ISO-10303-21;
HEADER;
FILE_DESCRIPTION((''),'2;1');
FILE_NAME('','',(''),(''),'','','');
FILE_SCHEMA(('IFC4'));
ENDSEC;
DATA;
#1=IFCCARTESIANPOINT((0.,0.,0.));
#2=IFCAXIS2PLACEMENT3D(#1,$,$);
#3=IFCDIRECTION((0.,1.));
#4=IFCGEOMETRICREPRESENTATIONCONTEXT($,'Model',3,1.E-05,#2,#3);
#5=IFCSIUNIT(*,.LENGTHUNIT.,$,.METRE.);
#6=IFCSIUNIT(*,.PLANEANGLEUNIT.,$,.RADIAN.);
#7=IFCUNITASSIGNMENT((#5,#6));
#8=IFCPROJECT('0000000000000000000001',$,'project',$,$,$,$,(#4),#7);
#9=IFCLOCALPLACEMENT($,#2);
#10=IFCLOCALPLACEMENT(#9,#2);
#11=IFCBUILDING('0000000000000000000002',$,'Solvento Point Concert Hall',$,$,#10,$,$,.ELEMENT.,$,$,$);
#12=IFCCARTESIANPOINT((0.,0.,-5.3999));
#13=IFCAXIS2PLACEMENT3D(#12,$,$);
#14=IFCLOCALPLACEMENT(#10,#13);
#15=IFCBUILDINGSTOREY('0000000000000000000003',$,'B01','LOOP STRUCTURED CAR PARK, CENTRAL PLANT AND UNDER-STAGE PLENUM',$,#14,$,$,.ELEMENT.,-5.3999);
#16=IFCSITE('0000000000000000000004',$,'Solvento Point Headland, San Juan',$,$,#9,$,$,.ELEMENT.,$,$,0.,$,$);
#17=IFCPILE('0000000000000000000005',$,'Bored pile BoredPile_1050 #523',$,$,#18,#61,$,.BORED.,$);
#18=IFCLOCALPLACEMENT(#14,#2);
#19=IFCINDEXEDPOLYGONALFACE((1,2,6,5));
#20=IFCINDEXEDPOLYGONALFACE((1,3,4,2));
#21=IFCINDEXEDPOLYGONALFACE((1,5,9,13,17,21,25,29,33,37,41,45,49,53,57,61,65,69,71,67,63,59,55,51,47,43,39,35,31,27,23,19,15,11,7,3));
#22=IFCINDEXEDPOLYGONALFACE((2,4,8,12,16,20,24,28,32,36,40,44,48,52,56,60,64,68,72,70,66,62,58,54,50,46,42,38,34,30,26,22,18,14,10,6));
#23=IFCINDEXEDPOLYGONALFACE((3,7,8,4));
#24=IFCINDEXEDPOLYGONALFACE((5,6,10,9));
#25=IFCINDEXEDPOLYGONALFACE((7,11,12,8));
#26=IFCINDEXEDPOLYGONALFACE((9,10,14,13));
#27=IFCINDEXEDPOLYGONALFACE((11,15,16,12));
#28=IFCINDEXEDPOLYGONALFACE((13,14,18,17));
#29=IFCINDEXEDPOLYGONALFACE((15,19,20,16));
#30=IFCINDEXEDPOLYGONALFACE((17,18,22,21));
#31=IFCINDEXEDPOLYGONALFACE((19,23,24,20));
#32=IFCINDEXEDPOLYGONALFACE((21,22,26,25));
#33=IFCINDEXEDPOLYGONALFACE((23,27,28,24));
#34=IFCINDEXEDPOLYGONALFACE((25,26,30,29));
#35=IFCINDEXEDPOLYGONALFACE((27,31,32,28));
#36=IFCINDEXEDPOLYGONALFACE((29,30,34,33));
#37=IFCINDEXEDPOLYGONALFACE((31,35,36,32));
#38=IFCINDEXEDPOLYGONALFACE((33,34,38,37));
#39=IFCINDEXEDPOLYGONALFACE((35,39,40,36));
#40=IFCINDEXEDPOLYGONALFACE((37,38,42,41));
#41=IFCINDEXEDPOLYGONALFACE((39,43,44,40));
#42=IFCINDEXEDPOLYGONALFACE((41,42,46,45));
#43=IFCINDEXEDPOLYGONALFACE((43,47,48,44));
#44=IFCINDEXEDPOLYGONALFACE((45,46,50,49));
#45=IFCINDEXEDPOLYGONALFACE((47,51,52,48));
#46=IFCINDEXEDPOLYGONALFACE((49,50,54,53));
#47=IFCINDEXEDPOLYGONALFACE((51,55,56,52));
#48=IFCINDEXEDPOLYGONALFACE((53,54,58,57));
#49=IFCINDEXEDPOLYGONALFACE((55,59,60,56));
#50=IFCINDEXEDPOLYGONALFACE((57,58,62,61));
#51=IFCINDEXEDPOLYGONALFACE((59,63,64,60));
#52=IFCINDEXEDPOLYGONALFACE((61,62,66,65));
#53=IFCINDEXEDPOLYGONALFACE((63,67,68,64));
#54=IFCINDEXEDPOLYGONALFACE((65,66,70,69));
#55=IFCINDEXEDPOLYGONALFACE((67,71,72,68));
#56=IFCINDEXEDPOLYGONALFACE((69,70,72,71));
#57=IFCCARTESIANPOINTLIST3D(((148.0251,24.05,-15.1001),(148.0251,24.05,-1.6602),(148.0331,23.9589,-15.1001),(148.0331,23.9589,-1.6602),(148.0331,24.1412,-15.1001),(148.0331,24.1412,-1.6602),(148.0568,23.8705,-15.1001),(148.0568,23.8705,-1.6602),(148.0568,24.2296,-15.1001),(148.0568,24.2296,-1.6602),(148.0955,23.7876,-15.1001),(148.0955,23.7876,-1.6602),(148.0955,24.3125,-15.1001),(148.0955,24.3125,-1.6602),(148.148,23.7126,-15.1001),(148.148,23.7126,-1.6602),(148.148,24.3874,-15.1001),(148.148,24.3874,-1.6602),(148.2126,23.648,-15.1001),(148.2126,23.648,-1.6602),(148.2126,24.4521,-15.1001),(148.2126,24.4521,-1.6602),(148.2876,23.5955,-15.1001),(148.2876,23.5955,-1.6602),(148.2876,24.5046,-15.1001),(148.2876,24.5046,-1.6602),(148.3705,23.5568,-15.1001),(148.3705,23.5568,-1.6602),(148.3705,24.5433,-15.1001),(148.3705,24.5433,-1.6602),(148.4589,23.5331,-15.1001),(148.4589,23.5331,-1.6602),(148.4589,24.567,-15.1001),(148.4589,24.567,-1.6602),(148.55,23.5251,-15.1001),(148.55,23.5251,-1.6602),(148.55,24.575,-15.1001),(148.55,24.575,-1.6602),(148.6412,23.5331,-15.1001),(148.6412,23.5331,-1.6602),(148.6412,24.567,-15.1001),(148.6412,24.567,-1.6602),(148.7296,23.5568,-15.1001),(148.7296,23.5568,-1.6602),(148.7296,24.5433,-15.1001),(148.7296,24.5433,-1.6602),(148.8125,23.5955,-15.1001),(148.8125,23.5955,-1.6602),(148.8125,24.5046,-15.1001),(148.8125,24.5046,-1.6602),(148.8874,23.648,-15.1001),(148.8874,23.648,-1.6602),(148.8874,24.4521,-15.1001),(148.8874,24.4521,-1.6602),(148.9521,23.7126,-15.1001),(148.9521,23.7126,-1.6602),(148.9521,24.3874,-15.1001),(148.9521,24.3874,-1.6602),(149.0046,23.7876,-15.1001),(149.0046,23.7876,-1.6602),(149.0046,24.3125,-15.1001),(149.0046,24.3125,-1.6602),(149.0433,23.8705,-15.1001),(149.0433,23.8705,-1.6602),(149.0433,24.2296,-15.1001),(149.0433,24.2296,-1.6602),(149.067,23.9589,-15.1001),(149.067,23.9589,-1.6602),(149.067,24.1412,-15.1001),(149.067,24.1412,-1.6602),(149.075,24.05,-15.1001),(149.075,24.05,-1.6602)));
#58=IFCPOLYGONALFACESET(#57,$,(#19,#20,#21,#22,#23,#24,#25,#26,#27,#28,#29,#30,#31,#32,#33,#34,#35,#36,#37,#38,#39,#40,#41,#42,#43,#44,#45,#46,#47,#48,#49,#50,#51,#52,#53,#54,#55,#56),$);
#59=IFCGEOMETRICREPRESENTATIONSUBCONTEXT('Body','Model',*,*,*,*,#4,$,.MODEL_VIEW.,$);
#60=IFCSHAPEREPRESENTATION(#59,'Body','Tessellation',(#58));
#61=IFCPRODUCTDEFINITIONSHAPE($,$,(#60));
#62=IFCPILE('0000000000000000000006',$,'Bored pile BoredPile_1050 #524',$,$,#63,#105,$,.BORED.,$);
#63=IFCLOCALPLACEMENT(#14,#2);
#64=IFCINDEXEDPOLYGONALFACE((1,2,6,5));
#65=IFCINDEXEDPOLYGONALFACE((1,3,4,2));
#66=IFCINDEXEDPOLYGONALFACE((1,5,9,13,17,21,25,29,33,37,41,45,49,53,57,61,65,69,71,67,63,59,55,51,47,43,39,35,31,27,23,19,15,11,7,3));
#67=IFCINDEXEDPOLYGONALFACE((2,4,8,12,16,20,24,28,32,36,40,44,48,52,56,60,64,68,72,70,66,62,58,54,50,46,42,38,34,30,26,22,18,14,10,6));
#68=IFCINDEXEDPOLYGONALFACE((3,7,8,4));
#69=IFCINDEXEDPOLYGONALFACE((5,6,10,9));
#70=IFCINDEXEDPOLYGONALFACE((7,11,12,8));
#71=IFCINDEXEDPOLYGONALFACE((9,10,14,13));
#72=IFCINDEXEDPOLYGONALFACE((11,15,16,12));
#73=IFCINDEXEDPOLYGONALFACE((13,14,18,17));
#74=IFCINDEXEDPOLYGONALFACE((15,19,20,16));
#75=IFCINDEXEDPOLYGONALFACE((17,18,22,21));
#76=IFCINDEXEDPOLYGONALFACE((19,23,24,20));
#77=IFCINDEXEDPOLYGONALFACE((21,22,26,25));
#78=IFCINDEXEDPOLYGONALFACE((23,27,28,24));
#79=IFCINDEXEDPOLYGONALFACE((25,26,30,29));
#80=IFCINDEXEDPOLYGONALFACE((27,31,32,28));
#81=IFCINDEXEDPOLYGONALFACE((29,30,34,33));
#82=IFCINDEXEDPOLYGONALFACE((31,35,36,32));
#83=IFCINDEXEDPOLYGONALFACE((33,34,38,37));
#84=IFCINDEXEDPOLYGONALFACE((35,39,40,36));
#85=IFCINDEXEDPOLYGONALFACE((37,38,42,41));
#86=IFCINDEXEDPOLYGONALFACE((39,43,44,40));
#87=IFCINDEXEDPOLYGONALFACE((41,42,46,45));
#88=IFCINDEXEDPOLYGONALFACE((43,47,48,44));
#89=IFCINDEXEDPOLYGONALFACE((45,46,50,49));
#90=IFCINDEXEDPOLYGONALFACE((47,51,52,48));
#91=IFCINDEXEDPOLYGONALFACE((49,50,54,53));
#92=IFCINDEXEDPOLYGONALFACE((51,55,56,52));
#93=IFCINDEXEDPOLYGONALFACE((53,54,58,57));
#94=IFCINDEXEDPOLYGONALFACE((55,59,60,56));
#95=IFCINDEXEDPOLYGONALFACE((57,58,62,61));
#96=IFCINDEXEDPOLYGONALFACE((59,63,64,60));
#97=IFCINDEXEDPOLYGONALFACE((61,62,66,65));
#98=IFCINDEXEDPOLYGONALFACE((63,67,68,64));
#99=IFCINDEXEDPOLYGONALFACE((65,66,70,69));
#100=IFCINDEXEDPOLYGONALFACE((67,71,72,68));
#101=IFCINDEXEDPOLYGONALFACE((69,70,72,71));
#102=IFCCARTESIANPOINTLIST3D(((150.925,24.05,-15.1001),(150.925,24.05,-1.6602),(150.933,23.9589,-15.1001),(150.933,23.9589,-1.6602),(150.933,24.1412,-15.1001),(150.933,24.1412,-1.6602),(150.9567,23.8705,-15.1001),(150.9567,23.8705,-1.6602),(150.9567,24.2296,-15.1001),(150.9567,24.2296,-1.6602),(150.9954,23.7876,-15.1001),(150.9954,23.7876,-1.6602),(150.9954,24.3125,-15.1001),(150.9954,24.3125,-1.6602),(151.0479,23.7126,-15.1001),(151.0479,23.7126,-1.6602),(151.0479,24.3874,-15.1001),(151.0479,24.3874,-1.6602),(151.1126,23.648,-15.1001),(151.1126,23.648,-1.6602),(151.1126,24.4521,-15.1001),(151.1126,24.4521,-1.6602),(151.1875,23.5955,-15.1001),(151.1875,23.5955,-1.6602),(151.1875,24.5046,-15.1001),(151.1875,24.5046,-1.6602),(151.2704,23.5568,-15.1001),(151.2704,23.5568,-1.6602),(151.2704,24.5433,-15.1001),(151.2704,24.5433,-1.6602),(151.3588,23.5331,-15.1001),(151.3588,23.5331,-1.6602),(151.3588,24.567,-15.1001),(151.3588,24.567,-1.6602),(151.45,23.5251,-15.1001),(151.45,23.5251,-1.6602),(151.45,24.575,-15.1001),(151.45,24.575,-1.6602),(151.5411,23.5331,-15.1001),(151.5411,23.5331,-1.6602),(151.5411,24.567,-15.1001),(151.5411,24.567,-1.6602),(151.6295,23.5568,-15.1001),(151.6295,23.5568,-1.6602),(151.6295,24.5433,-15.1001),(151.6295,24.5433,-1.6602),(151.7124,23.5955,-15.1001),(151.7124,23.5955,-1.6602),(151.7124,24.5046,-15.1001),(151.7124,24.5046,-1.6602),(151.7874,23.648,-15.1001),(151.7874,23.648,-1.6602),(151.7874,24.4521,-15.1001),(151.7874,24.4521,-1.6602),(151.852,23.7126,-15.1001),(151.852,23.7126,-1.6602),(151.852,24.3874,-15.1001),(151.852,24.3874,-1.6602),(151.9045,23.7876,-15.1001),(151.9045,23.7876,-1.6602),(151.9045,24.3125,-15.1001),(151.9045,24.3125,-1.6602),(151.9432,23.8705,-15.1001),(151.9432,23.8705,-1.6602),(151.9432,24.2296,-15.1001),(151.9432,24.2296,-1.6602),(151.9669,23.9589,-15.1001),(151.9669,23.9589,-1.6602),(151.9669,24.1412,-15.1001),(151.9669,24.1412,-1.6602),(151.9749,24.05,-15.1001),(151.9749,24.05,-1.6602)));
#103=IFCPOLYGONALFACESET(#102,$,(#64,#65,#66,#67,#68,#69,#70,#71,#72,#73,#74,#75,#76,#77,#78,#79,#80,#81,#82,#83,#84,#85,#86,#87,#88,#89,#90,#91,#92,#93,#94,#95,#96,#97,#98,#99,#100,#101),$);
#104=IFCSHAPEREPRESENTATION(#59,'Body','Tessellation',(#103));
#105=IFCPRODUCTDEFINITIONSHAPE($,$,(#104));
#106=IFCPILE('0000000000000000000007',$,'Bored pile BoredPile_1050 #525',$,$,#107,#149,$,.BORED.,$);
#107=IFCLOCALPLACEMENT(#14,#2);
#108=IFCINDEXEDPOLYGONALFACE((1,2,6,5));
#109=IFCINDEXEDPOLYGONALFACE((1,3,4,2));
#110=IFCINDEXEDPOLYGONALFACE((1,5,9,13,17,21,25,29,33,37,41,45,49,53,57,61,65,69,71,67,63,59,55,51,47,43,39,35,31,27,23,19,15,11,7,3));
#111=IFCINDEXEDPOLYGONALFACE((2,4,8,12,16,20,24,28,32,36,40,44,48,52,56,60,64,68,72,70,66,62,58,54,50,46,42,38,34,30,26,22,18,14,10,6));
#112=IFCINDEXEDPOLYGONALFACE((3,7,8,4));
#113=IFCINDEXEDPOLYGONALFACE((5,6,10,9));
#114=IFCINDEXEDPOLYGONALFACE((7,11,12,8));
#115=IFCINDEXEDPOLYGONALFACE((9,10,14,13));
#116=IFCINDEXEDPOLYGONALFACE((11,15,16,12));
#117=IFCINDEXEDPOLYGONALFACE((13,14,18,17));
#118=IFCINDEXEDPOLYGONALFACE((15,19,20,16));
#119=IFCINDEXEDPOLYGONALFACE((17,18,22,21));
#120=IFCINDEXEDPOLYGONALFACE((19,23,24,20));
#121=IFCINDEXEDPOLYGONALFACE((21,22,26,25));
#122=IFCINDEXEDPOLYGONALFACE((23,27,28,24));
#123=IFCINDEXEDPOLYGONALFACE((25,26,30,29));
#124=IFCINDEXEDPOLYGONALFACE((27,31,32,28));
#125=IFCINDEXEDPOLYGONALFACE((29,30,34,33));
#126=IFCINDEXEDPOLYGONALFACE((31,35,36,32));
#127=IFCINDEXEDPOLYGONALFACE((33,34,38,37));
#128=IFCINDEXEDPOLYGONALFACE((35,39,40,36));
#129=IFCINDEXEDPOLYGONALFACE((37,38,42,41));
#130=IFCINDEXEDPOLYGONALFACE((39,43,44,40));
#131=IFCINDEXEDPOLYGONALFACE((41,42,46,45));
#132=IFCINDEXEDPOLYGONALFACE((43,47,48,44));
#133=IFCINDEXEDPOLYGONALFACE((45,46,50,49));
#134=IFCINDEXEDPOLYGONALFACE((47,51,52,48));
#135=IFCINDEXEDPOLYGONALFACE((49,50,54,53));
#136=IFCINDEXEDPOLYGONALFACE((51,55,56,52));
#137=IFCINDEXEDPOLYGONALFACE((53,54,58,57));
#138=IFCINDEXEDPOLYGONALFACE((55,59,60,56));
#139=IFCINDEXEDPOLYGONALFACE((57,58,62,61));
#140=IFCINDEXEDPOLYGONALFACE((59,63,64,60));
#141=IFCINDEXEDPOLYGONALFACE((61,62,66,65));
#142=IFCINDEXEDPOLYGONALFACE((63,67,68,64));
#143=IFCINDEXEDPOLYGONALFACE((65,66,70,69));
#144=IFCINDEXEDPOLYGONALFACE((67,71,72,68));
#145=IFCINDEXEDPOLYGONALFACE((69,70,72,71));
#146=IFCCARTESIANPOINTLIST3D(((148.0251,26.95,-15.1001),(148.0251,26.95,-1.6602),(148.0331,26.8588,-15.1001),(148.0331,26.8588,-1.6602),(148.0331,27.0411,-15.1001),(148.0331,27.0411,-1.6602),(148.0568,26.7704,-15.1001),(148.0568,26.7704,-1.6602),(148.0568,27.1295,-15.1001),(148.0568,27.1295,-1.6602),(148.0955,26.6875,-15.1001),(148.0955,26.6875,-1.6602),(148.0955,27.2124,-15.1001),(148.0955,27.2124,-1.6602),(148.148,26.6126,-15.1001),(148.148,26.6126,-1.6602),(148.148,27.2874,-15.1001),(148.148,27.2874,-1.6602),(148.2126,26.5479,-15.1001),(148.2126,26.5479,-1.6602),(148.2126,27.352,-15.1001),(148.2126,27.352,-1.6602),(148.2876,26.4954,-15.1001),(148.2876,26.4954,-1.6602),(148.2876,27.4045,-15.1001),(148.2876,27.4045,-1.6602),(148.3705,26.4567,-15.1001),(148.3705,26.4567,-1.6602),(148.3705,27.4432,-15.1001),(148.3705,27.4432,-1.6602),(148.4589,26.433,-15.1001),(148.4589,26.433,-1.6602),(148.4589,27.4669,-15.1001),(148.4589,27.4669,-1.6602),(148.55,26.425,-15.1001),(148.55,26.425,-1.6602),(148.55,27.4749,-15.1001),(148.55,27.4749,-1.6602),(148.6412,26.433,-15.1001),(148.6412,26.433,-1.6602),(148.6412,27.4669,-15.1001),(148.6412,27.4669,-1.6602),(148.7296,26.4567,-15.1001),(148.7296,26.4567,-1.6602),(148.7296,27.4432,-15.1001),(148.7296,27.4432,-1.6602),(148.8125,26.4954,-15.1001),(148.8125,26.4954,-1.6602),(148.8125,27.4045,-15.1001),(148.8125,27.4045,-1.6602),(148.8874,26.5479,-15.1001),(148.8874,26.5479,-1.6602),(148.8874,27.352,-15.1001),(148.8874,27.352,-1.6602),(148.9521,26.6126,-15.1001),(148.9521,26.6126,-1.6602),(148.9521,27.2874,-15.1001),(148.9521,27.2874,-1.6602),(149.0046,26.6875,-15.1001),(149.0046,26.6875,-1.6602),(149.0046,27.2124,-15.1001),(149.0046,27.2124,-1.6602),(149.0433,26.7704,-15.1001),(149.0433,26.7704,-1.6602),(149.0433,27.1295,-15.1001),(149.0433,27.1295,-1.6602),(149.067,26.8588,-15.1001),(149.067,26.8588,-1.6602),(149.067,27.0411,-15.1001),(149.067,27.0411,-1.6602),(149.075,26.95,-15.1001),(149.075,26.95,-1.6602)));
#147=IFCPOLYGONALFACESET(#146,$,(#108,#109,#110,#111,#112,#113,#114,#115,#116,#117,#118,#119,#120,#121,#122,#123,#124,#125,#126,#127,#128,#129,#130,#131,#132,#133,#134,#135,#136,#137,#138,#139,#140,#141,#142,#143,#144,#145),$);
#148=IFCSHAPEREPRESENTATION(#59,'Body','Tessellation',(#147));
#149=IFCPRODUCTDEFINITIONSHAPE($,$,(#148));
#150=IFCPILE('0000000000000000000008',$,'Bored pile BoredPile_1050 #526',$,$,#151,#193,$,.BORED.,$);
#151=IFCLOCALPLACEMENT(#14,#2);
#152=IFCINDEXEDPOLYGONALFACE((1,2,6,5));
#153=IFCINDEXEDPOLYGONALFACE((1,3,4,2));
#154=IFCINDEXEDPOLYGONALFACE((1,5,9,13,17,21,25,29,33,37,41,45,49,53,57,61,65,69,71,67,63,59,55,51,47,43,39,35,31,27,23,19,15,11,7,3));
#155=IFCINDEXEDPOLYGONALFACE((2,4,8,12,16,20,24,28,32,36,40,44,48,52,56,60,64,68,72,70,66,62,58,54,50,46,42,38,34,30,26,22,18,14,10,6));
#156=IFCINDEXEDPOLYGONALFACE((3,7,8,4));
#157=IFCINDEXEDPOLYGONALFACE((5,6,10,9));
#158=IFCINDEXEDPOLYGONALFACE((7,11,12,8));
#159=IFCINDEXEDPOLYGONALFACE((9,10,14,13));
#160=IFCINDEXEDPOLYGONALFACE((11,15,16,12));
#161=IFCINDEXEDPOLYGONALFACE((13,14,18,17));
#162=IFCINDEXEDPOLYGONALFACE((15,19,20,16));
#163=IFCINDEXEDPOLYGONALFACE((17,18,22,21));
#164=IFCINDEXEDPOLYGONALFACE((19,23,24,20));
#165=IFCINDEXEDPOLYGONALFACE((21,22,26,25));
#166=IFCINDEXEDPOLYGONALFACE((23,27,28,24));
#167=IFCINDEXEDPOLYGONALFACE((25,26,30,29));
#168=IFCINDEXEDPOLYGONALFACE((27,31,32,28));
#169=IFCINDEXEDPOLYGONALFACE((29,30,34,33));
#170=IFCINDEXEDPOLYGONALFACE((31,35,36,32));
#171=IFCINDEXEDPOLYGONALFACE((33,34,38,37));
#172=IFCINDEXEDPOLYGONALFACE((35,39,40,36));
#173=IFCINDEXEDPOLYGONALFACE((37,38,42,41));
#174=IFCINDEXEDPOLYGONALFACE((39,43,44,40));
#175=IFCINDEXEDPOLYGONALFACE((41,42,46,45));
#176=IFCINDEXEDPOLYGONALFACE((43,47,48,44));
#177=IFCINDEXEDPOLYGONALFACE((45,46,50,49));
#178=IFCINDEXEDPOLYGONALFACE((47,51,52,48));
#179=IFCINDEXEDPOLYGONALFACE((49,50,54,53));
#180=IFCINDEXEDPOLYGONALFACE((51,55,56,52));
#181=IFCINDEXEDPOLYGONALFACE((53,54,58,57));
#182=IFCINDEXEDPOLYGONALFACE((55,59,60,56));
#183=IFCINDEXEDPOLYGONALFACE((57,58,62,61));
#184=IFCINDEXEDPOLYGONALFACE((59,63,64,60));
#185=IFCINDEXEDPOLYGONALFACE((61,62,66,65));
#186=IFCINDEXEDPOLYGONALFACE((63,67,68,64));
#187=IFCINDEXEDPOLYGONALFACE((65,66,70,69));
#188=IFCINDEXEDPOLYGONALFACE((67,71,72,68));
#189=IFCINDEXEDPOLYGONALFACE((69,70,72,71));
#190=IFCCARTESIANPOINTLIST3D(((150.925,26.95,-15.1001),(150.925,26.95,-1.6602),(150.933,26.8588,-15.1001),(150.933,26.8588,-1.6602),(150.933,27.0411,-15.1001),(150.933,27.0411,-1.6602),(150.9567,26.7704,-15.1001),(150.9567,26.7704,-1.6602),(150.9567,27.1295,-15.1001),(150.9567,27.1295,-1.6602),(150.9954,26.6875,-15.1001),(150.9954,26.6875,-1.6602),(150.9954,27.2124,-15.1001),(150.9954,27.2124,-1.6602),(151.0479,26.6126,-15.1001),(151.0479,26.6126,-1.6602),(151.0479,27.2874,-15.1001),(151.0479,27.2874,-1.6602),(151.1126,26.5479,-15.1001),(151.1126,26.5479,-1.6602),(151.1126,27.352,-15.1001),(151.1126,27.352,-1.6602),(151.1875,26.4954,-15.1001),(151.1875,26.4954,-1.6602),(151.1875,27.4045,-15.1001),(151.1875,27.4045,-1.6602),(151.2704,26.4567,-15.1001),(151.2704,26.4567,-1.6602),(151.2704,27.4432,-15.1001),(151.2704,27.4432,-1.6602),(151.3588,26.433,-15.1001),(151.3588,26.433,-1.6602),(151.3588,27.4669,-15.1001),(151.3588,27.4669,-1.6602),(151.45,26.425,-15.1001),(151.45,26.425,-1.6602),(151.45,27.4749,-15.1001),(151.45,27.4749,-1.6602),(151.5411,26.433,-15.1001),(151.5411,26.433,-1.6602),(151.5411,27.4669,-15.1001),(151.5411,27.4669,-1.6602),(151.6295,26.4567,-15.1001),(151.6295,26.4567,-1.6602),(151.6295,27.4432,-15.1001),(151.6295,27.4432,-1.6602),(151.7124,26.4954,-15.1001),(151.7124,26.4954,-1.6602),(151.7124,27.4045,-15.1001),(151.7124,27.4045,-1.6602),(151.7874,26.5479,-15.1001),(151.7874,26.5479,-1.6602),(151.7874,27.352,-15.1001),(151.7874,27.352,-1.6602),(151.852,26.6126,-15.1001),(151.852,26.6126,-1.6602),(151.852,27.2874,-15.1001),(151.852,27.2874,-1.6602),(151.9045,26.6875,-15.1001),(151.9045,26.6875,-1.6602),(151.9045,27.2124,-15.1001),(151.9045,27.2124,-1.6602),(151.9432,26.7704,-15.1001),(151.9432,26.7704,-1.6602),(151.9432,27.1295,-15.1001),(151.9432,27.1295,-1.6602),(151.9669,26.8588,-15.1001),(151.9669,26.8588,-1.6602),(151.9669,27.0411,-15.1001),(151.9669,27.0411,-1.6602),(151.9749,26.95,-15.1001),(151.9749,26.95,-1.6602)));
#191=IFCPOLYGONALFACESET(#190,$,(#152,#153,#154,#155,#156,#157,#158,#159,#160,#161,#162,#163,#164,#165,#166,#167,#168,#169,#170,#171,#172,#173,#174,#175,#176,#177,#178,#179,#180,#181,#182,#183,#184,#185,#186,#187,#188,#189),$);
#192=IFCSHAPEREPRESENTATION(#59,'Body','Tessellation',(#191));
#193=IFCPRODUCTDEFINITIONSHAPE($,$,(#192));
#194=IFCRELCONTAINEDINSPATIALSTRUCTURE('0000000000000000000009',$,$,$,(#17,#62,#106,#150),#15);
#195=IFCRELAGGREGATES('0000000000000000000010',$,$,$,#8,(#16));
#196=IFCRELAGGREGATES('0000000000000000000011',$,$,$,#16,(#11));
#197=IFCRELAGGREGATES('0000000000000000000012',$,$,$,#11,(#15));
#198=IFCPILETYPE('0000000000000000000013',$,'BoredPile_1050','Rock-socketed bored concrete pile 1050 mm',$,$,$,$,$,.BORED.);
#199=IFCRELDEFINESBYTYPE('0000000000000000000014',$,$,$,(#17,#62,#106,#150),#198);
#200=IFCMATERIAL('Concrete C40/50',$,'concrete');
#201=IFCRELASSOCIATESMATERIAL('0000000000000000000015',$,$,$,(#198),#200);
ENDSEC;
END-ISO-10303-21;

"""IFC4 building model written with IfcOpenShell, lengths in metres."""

from ifc_helpers import new_model, si_unit, direction, frame, origin, origin_2d, place, context, subcontext, project, spatial, circle, extrude, material, material_profile, profile_set, type_object, element, save


model = new_model("IFC4")

# Units and contexts
model_context = context("Model", 3, precision=1e-05, world=origin(), true_north=direction((0.0, 1.0)))
body_context = subcontext(model_context, "Body", "Model", "MODEL_VIEW")
ifc_project = project(units=[si_unit("LENGTHUNIT", "METRE"), si_unit("PLANEANGLEUNIT", "RADIAN")], contexts=[model_context])

# Site, building, storey
site_placement = place(None, origin())
site = spatial("IfcSite", under=ifc_project, at=site_placement, Name="Solvento Point Headland, San Juan", CompositionType="ELEMENT", RefElevation=0.0)
building_placement = place(site_placement, origin())
building = spatial("IfcBuilding", under=site, at=building_placement, Name="Solvento Point Concert Hall", CompositionType="ELEMENT")
storey_placement = place(building_placement, frame((0.0, 0.0, -5.3999)))
storey = spatial("IfcBuildingStorey", under=building, at=storey_placement, Name="B01", Description="LOOP STRUCTURED CAR PARK, CENTRAL PLANT AND UNDER-STAGE PLENUM", CompositionType="ELEMENT", Elevation=-5.3999)

# Piles
ifc_material_1 = material(Name="Concrete C40/50", Category="concrete")
ifc_material_profile_1 = material_profile(ifc_material_1, circle(Radius=0.5249, at=origin_2d()), Name="BP-1050")
ifc_profile_set_1 = profile_set([ifc_material_profile_1], Name="Concrete C40/50")
pile_type_1 = type_object("IfcPileType", Name="BoredPile_1050", Description="Rock-socketed bored concrete pile 1050 mm", PredefinedType="BORED", material=ifc_profile_set_1)
for number, where, z_axis, x_axis, name in (
    (1, (148.55, 24.05, -1.6602), (0.0, 0.0, -1.0), (1.0, 0.0, 0.0), "Bored pile BoredPile_1050 #523"),
    (2, (151.45, 24.05, -1.6602), (0.0, 0.0, -1.0), (1.0, 0.0, 0.0), "Bored pile BoredPile_1050 #524"),
    (3, (148.55, 26.95, -1.6602), (0.0, 0.0, -1.0), (1.0, 0.0, 0.0), "Bored pile BoredPile_1050 #525"),
    (4, (151.45, 26.95, -1.6602), (0.0, 0.0, -1.0), (1.0, 0.0, 0.0), "Bored pile BoredPile_1050 #526"),
):
    element("IfcPile", number, at=place(storey_placement, frame(where, z_axis=z_axis, x_axis=x_axis)), inside=storey, type_object=pile_type_1, Name=name, PredefinedType="BORED", context=body_context, shape_type="SweptSolid", body=[
        extrude(circle(Radius=0.5249, at=origin_2d()), origin(), (0.0, 0.0, 1.0), 13.4399),
    ])

save(model, "model.ifc")
